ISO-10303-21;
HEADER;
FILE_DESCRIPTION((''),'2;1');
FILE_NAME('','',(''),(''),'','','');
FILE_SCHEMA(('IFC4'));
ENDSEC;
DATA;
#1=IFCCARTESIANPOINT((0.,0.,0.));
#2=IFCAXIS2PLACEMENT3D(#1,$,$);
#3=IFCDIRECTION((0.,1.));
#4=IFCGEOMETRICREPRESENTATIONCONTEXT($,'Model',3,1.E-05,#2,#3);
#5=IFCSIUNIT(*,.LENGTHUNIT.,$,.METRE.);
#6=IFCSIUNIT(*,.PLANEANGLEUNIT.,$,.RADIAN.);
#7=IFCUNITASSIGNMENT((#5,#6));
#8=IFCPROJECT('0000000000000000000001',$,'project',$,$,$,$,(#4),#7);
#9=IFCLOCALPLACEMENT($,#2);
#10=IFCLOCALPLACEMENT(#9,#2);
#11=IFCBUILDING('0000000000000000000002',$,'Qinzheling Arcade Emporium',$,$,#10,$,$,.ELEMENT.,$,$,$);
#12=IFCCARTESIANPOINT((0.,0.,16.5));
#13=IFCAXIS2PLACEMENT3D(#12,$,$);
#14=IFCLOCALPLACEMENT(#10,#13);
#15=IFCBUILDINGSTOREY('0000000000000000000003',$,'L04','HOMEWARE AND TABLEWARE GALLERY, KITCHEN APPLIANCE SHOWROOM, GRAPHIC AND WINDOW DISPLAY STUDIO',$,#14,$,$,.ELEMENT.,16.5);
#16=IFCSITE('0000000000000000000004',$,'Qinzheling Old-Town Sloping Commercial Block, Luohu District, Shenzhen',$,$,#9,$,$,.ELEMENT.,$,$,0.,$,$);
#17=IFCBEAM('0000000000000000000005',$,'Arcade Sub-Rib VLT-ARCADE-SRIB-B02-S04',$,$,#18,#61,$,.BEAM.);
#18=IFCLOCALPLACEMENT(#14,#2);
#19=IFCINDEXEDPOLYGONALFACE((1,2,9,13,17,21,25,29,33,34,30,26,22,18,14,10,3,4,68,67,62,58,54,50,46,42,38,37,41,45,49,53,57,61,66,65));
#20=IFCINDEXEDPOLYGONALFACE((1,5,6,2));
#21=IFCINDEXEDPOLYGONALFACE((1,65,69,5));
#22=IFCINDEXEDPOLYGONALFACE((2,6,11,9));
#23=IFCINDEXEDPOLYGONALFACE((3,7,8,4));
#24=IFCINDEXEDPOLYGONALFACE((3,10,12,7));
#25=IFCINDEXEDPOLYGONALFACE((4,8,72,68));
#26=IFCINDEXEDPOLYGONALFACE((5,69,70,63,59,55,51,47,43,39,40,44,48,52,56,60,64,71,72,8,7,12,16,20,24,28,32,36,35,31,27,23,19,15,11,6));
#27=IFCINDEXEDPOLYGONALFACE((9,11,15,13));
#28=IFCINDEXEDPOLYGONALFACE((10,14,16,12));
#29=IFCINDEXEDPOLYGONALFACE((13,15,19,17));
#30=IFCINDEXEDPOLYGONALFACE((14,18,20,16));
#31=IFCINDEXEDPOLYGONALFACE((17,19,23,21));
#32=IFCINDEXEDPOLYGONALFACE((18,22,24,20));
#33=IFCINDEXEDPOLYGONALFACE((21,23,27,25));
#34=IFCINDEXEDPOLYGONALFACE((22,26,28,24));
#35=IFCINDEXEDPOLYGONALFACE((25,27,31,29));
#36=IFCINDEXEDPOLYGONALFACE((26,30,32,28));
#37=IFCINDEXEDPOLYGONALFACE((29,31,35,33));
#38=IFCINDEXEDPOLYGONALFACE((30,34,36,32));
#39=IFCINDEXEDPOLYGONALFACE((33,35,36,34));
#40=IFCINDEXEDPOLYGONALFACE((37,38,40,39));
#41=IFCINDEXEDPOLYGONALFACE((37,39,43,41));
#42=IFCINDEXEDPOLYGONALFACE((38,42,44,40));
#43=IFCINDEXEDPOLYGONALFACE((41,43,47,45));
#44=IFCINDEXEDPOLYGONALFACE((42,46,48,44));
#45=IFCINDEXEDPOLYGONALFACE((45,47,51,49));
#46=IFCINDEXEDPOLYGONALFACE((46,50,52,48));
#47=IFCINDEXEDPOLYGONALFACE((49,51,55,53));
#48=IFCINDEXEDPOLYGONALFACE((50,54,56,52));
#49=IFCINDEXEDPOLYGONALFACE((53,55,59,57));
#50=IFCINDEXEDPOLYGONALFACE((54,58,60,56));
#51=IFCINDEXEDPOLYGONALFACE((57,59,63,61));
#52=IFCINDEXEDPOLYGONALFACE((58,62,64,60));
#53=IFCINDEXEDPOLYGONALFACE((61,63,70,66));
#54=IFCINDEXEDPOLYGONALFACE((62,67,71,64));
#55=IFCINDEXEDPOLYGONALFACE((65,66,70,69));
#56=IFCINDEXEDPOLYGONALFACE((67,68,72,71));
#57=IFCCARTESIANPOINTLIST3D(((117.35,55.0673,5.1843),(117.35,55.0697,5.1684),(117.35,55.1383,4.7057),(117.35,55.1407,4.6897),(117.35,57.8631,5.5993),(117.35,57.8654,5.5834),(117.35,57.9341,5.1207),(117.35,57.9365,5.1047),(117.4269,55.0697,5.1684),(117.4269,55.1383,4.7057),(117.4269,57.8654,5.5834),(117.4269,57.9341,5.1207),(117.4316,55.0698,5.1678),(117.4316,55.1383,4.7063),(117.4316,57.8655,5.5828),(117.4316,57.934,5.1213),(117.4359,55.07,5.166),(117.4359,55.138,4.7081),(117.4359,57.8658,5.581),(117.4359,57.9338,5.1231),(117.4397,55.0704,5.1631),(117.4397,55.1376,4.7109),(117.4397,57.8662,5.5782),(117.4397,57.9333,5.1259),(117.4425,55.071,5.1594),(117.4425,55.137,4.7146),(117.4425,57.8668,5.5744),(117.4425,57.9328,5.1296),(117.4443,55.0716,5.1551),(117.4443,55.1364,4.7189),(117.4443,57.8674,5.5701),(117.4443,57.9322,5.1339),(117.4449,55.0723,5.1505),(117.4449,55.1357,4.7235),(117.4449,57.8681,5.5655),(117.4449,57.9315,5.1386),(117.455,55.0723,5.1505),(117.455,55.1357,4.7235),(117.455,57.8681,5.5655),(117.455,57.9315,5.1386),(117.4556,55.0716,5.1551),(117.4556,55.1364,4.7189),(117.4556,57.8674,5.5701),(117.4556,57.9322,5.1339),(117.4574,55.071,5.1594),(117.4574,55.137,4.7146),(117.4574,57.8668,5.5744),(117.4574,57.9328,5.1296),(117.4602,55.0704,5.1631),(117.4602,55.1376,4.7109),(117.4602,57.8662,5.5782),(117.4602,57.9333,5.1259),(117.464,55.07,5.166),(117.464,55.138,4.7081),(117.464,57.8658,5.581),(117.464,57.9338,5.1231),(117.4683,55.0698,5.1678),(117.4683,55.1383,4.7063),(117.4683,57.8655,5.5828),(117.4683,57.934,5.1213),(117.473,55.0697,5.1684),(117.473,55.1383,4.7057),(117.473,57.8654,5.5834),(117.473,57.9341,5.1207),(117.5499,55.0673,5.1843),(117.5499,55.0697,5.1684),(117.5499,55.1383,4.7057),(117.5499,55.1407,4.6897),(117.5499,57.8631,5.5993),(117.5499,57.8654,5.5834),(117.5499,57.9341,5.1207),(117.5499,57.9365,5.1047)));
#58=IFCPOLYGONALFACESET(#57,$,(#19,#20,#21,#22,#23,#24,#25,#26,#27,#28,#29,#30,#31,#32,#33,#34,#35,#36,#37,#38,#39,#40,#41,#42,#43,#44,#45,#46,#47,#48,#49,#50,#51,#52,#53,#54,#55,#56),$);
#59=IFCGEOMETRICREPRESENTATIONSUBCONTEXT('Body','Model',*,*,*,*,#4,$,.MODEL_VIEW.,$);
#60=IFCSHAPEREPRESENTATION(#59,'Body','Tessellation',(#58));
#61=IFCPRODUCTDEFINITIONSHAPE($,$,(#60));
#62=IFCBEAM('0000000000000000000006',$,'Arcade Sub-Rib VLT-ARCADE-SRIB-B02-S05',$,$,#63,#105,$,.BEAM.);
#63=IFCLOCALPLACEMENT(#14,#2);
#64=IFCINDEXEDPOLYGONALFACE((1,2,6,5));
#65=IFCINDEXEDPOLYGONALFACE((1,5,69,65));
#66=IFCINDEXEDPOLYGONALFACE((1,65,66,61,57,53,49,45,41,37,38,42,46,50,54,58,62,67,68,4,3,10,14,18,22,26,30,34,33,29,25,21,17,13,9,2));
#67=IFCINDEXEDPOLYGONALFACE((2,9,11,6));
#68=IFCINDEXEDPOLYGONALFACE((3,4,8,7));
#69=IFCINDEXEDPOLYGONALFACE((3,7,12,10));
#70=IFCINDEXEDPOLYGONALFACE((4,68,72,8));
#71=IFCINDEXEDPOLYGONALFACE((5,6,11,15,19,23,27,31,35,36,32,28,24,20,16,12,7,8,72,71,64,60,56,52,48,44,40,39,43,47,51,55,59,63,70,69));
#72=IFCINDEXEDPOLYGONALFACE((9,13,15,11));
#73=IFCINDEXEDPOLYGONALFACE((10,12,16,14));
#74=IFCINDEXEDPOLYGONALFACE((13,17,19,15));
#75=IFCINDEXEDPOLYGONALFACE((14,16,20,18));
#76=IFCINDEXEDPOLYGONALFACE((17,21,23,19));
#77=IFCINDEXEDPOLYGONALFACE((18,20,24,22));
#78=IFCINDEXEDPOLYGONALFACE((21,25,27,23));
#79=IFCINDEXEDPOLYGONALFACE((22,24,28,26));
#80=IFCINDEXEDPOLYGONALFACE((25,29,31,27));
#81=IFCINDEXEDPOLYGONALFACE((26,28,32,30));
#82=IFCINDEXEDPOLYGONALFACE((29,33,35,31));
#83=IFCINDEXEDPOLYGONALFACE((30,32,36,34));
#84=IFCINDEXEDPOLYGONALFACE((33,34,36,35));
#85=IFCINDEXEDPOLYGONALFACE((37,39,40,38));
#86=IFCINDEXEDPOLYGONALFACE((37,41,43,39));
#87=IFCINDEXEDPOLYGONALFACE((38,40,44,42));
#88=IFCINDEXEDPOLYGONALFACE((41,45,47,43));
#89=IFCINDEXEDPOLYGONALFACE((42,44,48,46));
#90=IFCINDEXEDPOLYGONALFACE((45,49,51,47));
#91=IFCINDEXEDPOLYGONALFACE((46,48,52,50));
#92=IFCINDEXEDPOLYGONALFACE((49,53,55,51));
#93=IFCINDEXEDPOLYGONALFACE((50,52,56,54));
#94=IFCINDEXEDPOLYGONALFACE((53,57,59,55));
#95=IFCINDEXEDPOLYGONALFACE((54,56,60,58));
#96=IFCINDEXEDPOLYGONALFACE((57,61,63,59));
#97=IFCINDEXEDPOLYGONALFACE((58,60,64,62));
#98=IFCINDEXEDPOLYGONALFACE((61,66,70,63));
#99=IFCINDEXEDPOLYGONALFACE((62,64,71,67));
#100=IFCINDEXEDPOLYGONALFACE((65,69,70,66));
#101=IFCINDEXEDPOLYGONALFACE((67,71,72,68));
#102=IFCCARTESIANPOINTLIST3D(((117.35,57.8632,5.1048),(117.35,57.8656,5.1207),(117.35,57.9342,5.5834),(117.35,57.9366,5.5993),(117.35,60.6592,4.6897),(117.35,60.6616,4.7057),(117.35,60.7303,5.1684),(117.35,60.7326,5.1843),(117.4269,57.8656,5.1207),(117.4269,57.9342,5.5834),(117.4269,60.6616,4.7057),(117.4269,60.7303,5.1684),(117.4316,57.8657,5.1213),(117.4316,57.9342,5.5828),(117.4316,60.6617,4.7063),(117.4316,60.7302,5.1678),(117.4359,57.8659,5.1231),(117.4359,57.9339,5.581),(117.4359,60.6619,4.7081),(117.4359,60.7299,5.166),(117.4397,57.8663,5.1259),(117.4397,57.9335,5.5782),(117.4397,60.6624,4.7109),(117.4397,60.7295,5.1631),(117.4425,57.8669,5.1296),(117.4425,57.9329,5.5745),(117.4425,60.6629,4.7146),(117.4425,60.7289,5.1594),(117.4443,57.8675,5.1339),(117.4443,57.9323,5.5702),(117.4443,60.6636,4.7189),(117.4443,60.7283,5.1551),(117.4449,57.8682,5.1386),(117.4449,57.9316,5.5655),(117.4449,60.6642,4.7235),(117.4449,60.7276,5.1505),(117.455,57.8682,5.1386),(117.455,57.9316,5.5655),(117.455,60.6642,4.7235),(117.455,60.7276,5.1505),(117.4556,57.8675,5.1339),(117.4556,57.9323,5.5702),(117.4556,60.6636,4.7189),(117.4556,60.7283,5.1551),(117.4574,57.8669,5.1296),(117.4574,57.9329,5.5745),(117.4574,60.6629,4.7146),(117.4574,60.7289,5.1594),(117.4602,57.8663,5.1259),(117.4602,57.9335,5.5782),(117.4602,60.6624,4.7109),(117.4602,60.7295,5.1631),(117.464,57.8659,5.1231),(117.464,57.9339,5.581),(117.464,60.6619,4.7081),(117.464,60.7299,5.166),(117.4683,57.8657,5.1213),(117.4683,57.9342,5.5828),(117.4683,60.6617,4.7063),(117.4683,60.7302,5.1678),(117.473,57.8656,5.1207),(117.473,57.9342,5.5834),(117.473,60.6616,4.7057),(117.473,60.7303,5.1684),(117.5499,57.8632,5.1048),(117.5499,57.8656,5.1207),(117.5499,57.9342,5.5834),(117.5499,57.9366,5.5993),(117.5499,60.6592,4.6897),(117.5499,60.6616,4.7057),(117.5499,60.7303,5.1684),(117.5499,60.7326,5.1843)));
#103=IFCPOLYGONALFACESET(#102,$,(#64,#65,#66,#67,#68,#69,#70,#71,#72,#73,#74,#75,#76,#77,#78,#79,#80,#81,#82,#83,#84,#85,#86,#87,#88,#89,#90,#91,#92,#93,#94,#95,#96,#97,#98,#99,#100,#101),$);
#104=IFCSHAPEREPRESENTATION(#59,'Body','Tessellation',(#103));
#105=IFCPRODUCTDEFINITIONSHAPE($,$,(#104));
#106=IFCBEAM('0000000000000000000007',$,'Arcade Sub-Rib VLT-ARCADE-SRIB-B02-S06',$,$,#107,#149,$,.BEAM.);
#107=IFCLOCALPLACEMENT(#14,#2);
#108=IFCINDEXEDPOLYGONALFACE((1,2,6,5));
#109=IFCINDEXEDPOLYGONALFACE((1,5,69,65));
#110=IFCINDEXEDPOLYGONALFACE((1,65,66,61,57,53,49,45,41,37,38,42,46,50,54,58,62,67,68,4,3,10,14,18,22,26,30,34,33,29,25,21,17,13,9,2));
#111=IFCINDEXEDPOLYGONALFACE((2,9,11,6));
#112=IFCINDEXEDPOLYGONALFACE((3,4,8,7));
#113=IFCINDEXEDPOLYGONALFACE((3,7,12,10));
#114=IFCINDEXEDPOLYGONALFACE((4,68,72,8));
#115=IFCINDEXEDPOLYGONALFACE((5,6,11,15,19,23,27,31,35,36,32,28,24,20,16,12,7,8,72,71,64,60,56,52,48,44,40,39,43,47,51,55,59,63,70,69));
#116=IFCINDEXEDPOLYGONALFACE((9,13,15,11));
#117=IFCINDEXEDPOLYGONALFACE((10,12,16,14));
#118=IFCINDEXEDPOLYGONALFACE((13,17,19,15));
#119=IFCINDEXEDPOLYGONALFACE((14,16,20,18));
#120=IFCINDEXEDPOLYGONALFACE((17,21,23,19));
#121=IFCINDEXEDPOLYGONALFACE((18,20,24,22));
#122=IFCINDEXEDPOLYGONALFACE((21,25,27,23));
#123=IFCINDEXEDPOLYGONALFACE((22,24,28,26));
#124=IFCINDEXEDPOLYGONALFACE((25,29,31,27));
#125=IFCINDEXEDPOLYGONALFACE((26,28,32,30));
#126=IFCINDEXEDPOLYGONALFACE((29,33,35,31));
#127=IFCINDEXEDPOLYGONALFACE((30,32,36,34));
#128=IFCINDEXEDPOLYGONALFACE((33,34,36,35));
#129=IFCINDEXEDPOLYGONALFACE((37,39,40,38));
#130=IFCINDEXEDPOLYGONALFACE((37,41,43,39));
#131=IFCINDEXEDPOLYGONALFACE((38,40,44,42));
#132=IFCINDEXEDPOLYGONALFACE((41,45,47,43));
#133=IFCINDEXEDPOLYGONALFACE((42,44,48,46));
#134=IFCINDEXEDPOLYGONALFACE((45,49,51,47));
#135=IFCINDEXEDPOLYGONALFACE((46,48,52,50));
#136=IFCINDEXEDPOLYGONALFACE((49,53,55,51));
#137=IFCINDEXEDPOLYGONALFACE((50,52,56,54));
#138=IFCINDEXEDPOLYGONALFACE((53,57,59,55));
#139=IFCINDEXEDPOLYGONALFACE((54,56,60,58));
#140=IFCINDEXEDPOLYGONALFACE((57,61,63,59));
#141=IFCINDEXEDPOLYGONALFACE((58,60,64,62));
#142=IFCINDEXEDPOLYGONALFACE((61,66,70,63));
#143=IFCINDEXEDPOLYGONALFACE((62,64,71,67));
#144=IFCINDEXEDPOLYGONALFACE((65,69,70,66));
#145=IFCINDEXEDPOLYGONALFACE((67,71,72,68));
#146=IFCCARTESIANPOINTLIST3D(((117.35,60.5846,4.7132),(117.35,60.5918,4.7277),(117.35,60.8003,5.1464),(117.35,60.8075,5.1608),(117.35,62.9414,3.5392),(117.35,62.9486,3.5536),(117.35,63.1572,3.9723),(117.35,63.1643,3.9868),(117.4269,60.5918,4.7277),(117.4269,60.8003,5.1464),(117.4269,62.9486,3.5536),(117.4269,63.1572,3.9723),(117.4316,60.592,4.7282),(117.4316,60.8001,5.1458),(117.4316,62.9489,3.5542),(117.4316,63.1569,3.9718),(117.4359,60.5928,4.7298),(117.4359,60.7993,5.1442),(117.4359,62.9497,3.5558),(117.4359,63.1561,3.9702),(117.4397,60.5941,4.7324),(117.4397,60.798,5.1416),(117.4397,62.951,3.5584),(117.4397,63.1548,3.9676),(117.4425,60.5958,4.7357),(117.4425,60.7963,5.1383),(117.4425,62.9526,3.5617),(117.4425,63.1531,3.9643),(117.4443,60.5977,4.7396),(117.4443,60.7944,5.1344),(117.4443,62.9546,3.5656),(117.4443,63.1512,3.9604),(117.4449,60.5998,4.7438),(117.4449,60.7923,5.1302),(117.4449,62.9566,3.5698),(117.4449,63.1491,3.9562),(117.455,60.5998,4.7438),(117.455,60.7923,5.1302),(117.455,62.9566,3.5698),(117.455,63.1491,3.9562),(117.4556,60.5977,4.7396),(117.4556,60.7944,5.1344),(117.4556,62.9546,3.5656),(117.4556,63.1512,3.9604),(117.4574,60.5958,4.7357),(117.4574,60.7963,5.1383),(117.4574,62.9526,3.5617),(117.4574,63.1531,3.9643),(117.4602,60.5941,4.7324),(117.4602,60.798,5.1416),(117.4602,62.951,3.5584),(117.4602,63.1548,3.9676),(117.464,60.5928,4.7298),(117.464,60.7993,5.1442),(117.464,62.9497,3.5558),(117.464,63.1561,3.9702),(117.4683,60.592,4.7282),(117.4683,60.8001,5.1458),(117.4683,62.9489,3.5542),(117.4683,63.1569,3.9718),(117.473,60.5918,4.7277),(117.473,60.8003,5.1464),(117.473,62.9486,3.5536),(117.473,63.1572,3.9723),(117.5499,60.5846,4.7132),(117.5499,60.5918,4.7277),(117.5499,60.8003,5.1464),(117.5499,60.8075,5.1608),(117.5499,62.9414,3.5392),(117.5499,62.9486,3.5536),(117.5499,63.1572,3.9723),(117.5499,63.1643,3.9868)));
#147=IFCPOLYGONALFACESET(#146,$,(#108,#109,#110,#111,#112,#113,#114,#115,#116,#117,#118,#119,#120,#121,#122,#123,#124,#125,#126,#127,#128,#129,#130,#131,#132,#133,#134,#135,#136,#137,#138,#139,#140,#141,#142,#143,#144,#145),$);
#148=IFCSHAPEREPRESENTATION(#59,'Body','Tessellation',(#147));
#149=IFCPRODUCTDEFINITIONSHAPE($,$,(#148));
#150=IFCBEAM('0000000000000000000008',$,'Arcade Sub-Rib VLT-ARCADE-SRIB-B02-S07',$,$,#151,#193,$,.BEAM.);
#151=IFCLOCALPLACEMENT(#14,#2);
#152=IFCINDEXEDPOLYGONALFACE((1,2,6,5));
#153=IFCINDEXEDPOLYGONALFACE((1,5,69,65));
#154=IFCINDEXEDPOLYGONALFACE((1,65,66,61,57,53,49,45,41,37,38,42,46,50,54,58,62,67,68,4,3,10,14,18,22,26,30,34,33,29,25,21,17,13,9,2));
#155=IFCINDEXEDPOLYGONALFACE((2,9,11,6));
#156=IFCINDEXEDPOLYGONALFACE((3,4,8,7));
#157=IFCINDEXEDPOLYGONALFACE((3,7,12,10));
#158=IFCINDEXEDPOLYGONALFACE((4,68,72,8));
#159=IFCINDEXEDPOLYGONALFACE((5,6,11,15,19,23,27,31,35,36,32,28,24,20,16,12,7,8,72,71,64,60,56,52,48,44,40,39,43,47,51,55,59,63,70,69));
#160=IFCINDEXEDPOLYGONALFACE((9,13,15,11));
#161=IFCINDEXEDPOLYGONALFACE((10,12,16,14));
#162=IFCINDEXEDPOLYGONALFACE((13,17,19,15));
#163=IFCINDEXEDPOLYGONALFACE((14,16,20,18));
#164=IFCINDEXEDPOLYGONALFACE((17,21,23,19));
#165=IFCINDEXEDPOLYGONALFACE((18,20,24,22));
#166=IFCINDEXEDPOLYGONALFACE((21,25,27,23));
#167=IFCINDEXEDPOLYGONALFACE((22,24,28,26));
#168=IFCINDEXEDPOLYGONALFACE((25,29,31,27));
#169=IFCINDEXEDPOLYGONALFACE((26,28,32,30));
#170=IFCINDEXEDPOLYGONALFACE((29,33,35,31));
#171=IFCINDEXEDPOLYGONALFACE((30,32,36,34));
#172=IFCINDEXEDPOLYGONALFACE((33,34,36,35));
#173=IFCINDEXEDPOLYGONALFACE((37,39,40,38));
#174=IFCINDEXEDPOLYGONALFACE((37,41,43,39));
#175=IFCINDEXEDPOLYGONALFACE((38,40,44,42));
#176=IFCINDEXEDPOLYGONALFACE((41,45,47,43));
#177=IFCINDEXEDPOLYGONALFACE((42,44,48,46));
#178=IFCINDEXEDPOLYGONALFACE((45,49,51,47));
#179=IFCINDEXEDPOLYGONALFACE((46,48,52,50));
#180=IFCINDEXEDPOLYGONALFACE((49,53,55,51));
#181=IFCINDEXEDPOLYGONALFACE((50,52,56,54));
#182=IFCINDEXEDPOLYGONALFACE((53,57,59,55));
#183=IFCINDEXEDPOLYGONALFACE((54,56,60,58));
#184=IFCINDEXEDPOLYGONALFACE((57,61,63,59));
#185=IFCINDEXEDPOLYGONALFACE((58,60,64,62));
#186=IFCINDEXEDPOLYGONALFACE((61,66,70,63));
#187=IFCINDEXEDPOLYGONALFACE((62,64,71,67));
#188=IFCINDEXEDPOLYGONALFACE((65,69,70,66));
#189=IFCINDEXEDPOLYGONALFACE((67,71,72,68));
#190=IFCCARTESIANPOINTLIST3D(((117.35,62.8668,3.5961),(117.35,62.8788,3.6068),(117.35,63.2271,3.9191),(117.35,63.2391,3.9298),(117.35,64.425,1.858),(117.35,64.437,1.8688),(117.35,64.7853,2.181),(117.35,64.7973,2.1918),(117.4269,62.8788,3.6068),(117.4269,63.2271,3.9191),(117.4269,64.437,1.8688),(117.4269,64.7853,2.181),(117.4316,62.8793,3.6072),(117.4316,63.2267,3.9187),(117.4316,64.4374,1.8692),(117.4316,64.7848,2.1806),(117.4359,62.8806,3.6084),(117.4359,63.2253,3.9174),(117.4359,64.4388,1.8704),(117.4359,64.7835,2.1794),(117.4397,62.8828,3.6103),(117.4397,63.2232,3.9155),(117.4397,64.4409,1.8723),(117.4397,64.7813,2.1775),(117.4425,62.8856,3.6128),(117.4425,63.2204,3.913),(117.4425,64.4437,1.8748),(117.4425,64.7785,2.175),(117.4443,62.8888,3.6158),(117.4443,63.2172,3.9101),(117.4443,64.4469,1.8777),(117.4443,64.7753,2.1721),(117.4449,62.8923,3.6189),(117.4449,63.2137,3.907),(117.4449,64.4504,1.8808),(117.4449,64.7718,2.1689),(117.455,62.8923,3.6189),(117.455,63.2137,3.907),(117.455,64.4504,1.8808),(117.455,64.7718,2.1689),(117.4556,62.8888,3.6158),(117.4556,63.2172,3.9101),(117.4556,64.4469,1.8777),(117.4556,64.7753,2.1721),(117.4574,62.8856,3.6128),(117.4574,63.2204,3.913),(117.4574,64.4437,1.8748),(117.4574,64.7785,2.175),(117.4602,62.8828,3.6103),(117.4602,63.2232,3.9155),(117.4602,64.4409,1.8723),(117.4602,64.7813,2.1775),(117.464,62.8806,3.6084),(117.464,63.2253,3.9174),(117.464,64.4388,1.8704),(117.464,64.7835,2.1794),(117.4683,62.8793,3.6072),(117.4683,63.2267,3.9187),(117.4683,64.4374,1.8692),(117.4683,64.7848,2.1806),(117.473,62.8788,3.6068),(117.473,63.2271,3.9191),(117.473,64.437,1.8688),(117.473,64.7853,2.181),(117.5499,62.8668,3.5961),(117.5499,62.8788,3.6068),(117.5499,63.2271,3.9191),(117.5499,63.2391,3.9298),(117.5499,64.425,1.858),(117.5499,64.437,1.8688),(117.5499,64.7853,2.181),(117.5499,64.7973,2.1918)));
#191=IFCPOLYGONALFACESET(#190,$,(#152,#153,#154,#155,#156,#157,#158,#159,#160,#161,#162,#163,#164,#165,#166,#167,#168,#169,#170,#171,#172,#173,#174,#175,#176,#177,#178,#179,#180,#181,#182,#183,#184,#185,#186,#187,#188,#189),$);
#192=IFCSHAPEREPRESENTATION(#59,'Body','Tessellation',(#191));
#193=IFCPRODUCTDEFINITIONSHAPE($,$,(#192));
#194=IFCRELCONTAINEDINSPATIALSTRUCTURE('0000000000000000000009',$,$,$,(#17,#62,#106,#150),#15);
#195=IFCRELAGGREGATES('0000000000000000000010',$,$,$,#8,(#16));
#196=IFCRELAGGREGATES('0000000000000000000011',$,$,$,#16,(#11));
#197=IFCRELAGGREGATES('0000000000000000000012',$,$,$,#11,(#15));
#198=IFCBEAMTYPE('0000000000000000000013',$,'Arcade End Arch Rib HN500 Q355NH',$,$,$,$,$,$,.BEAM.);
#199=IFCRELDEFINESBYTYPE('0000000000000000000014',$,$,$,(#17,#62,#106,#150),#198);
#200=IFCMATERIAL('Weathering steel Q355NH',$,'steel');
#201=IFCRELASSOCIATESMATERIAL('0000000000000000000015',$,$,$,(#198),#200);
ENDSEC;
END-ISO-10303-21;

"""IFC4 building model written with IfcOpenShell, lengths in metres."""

from ifc_helpers import new_model, si_unit, direction, frame, origin, origin_2d, place, context, subcontext, project, spatial, i_section, extrude, material, material_profile, profile_set, type_object, element, save


model = new_model("IFC4")

# Units and contexts
model_context = context("Model", 3, precision=1e-05, world=origin(), true_north=direction((0.0, 1.0)))
body_context = subcontext(model_context, "Body", "Model", "MODEL_VIEW")
ifc_project = project(units=[si_unit("LENGTHUNIT", "METRE"), si_unit("PLANEANGLEUNIT", "RADIAN")], contexts=[model_context])

# Site, building, storey
site_placement = place(None, origin())
site = spatial("IfcSite", under=ifc_project, at=site_placement, Name="Qinzheling Old-Town Sloping Commercial Block, Luohu District, Shenzhen", CompositionType="ELEMENT", RefElevation=0.0)
building_placement = place(site_placement, origin())
building = spatial("IfcBuilding", under=site, at=building_placement, Name="Qinzheling Arcade Emporium", CompositionType="ELEMENT")
storey_placement = place(building_placement, frame((0.0, 0.0, 16.5)))
storey = spatial("IfcBuildingStorey", under=building, at=storey_placement, Name="L04", Description="HOMEWARE AND TABLEWARE GALLERY, KITCHEN APPLIANCE SHOWROOM, GRAPHIC AND WINDOW DISPLAY STUDIO", CompositionType="ELEMENT", Elevation=16.5)

# Beams
ifc_material_1 = material(Name="Weathering steel Q355NH", Category="steel")
ifc_material_profile_1 = material_profile(ifc_material_1, i_section(OverallWidth=0.2, OverallDepth=0.5, WebThickness=0.01, FlangeThickness=0.0161, FilletRadius=0.0181, at=origin_2d()), Name="HN 500x200x10x16", Category="steel")
ifc_profile_set_1 = profile_set([ifc_material_profile_1], Name="Weathering steel Q355NH")
beam_type_1 = type_object("IfcBeamType", Name="Arcade End Arch Rib HN500 Q355NH", PredefinedType="BEAM", material=ifc_profile_set_1)
beam_1_placement = place(storey_placement, frame((117.45, 55.104, 4.937), z_axis=(0.0, 0.989161, 0.146837), x_axis=(-1.0, 0.0, 0.0)))
element("IfcBeam", 1, at=beam_1_placement, inside=storey, type_object=beam_type_1, Name="Arcade Sub-Rib VLT-ARCADE-SRIB-B02-S04", PredefinedType="BEAM", context=body_context, shape_type="SweptSolid", body=[
    extrude(i_section(OverallWidth=0.2, OverallDepth=0.5, WebThickness=0.01, FlangeThickness=0.0161, FilletRadius=0.0181, at=origin_2d()), origin(), (0.0, 0.0, 1.0), 2.8264),
])
beam_2_placement = place(storey_placement, frame((117.45, 57.8999, 5.3521), z_axis=(0.0, 0.989163, -0.146824), x_axis=(-1.0, 0.0, 0.0)))
element("IfcBeam", 2, at=beam_2_placement, inside=storey, type_object=beam_type_1, Name="Arcade Sub-Rib VLT-ARCADE-SRIB-B02-S05", PredefinedType="BEAM", context=body_context, shape_type="SweptSolid", body=[
    extrude(i_section(OverallWidth=0.2, OverallDepth=0.5, WebThickness=0.01, FlangeThickness=0.0161, FilletRadius=0.0181, at=origin_2d()), origin(), (0.0, 0.0, 1.0), 2.8267),
])
beam_3_placement = place(storey_placement, frame((117.45, 60.696, 4.937), z_axis=(0.0, 0.895094, -0.445878), x_axis=(-1.0, 0.0, 0.0)))
element("IfcBeam", 3, at=beam_3_placement, inside=storey, type_object=beam_type_1, Name="Arcade Sub-Rib VLT-ARCADE-SRIB-B02-S06", PredefinedType="BEAM", context=body_context, shape_type="SweptSolid", body=[
    extrude(i_section(OverallWidth=0.2, OverallDepth=0.5, WebThickness=0.01, FlangeThickness=0.0161, FilletRadius=0.0181, at=origin_2d()), origin(), (0.0, 0.0, 1.0), 2.6331),
])
beam_4_placement = place(storey_placement, frame((117.45, 63.053, 3.7629), z_axis=(0.0, 0.667513, -0.744598), x_axis=(-1.0, 0.0, 0.0)))
element("IfcBeam", 4, at=beam_4_placement, inside=storey, type_object=beam_type_1, Name="Arcade Sub-Rib VLT-ARCADE-SRIB-B02-S07", PredefinedType="BEAM", context=body_context, shape_type="SweptSolid", body=[
    extrude(i_section(OverallWidth=0.2, OverallDepth=0.5, WebThickness=0.01, FlangeThickness=0.0161, FilletRadius=0.0181, at=origin_2d()), origin(), (0.0, 0.0, 1.0), 2.3342),
])

save(model, "model.ifc")
